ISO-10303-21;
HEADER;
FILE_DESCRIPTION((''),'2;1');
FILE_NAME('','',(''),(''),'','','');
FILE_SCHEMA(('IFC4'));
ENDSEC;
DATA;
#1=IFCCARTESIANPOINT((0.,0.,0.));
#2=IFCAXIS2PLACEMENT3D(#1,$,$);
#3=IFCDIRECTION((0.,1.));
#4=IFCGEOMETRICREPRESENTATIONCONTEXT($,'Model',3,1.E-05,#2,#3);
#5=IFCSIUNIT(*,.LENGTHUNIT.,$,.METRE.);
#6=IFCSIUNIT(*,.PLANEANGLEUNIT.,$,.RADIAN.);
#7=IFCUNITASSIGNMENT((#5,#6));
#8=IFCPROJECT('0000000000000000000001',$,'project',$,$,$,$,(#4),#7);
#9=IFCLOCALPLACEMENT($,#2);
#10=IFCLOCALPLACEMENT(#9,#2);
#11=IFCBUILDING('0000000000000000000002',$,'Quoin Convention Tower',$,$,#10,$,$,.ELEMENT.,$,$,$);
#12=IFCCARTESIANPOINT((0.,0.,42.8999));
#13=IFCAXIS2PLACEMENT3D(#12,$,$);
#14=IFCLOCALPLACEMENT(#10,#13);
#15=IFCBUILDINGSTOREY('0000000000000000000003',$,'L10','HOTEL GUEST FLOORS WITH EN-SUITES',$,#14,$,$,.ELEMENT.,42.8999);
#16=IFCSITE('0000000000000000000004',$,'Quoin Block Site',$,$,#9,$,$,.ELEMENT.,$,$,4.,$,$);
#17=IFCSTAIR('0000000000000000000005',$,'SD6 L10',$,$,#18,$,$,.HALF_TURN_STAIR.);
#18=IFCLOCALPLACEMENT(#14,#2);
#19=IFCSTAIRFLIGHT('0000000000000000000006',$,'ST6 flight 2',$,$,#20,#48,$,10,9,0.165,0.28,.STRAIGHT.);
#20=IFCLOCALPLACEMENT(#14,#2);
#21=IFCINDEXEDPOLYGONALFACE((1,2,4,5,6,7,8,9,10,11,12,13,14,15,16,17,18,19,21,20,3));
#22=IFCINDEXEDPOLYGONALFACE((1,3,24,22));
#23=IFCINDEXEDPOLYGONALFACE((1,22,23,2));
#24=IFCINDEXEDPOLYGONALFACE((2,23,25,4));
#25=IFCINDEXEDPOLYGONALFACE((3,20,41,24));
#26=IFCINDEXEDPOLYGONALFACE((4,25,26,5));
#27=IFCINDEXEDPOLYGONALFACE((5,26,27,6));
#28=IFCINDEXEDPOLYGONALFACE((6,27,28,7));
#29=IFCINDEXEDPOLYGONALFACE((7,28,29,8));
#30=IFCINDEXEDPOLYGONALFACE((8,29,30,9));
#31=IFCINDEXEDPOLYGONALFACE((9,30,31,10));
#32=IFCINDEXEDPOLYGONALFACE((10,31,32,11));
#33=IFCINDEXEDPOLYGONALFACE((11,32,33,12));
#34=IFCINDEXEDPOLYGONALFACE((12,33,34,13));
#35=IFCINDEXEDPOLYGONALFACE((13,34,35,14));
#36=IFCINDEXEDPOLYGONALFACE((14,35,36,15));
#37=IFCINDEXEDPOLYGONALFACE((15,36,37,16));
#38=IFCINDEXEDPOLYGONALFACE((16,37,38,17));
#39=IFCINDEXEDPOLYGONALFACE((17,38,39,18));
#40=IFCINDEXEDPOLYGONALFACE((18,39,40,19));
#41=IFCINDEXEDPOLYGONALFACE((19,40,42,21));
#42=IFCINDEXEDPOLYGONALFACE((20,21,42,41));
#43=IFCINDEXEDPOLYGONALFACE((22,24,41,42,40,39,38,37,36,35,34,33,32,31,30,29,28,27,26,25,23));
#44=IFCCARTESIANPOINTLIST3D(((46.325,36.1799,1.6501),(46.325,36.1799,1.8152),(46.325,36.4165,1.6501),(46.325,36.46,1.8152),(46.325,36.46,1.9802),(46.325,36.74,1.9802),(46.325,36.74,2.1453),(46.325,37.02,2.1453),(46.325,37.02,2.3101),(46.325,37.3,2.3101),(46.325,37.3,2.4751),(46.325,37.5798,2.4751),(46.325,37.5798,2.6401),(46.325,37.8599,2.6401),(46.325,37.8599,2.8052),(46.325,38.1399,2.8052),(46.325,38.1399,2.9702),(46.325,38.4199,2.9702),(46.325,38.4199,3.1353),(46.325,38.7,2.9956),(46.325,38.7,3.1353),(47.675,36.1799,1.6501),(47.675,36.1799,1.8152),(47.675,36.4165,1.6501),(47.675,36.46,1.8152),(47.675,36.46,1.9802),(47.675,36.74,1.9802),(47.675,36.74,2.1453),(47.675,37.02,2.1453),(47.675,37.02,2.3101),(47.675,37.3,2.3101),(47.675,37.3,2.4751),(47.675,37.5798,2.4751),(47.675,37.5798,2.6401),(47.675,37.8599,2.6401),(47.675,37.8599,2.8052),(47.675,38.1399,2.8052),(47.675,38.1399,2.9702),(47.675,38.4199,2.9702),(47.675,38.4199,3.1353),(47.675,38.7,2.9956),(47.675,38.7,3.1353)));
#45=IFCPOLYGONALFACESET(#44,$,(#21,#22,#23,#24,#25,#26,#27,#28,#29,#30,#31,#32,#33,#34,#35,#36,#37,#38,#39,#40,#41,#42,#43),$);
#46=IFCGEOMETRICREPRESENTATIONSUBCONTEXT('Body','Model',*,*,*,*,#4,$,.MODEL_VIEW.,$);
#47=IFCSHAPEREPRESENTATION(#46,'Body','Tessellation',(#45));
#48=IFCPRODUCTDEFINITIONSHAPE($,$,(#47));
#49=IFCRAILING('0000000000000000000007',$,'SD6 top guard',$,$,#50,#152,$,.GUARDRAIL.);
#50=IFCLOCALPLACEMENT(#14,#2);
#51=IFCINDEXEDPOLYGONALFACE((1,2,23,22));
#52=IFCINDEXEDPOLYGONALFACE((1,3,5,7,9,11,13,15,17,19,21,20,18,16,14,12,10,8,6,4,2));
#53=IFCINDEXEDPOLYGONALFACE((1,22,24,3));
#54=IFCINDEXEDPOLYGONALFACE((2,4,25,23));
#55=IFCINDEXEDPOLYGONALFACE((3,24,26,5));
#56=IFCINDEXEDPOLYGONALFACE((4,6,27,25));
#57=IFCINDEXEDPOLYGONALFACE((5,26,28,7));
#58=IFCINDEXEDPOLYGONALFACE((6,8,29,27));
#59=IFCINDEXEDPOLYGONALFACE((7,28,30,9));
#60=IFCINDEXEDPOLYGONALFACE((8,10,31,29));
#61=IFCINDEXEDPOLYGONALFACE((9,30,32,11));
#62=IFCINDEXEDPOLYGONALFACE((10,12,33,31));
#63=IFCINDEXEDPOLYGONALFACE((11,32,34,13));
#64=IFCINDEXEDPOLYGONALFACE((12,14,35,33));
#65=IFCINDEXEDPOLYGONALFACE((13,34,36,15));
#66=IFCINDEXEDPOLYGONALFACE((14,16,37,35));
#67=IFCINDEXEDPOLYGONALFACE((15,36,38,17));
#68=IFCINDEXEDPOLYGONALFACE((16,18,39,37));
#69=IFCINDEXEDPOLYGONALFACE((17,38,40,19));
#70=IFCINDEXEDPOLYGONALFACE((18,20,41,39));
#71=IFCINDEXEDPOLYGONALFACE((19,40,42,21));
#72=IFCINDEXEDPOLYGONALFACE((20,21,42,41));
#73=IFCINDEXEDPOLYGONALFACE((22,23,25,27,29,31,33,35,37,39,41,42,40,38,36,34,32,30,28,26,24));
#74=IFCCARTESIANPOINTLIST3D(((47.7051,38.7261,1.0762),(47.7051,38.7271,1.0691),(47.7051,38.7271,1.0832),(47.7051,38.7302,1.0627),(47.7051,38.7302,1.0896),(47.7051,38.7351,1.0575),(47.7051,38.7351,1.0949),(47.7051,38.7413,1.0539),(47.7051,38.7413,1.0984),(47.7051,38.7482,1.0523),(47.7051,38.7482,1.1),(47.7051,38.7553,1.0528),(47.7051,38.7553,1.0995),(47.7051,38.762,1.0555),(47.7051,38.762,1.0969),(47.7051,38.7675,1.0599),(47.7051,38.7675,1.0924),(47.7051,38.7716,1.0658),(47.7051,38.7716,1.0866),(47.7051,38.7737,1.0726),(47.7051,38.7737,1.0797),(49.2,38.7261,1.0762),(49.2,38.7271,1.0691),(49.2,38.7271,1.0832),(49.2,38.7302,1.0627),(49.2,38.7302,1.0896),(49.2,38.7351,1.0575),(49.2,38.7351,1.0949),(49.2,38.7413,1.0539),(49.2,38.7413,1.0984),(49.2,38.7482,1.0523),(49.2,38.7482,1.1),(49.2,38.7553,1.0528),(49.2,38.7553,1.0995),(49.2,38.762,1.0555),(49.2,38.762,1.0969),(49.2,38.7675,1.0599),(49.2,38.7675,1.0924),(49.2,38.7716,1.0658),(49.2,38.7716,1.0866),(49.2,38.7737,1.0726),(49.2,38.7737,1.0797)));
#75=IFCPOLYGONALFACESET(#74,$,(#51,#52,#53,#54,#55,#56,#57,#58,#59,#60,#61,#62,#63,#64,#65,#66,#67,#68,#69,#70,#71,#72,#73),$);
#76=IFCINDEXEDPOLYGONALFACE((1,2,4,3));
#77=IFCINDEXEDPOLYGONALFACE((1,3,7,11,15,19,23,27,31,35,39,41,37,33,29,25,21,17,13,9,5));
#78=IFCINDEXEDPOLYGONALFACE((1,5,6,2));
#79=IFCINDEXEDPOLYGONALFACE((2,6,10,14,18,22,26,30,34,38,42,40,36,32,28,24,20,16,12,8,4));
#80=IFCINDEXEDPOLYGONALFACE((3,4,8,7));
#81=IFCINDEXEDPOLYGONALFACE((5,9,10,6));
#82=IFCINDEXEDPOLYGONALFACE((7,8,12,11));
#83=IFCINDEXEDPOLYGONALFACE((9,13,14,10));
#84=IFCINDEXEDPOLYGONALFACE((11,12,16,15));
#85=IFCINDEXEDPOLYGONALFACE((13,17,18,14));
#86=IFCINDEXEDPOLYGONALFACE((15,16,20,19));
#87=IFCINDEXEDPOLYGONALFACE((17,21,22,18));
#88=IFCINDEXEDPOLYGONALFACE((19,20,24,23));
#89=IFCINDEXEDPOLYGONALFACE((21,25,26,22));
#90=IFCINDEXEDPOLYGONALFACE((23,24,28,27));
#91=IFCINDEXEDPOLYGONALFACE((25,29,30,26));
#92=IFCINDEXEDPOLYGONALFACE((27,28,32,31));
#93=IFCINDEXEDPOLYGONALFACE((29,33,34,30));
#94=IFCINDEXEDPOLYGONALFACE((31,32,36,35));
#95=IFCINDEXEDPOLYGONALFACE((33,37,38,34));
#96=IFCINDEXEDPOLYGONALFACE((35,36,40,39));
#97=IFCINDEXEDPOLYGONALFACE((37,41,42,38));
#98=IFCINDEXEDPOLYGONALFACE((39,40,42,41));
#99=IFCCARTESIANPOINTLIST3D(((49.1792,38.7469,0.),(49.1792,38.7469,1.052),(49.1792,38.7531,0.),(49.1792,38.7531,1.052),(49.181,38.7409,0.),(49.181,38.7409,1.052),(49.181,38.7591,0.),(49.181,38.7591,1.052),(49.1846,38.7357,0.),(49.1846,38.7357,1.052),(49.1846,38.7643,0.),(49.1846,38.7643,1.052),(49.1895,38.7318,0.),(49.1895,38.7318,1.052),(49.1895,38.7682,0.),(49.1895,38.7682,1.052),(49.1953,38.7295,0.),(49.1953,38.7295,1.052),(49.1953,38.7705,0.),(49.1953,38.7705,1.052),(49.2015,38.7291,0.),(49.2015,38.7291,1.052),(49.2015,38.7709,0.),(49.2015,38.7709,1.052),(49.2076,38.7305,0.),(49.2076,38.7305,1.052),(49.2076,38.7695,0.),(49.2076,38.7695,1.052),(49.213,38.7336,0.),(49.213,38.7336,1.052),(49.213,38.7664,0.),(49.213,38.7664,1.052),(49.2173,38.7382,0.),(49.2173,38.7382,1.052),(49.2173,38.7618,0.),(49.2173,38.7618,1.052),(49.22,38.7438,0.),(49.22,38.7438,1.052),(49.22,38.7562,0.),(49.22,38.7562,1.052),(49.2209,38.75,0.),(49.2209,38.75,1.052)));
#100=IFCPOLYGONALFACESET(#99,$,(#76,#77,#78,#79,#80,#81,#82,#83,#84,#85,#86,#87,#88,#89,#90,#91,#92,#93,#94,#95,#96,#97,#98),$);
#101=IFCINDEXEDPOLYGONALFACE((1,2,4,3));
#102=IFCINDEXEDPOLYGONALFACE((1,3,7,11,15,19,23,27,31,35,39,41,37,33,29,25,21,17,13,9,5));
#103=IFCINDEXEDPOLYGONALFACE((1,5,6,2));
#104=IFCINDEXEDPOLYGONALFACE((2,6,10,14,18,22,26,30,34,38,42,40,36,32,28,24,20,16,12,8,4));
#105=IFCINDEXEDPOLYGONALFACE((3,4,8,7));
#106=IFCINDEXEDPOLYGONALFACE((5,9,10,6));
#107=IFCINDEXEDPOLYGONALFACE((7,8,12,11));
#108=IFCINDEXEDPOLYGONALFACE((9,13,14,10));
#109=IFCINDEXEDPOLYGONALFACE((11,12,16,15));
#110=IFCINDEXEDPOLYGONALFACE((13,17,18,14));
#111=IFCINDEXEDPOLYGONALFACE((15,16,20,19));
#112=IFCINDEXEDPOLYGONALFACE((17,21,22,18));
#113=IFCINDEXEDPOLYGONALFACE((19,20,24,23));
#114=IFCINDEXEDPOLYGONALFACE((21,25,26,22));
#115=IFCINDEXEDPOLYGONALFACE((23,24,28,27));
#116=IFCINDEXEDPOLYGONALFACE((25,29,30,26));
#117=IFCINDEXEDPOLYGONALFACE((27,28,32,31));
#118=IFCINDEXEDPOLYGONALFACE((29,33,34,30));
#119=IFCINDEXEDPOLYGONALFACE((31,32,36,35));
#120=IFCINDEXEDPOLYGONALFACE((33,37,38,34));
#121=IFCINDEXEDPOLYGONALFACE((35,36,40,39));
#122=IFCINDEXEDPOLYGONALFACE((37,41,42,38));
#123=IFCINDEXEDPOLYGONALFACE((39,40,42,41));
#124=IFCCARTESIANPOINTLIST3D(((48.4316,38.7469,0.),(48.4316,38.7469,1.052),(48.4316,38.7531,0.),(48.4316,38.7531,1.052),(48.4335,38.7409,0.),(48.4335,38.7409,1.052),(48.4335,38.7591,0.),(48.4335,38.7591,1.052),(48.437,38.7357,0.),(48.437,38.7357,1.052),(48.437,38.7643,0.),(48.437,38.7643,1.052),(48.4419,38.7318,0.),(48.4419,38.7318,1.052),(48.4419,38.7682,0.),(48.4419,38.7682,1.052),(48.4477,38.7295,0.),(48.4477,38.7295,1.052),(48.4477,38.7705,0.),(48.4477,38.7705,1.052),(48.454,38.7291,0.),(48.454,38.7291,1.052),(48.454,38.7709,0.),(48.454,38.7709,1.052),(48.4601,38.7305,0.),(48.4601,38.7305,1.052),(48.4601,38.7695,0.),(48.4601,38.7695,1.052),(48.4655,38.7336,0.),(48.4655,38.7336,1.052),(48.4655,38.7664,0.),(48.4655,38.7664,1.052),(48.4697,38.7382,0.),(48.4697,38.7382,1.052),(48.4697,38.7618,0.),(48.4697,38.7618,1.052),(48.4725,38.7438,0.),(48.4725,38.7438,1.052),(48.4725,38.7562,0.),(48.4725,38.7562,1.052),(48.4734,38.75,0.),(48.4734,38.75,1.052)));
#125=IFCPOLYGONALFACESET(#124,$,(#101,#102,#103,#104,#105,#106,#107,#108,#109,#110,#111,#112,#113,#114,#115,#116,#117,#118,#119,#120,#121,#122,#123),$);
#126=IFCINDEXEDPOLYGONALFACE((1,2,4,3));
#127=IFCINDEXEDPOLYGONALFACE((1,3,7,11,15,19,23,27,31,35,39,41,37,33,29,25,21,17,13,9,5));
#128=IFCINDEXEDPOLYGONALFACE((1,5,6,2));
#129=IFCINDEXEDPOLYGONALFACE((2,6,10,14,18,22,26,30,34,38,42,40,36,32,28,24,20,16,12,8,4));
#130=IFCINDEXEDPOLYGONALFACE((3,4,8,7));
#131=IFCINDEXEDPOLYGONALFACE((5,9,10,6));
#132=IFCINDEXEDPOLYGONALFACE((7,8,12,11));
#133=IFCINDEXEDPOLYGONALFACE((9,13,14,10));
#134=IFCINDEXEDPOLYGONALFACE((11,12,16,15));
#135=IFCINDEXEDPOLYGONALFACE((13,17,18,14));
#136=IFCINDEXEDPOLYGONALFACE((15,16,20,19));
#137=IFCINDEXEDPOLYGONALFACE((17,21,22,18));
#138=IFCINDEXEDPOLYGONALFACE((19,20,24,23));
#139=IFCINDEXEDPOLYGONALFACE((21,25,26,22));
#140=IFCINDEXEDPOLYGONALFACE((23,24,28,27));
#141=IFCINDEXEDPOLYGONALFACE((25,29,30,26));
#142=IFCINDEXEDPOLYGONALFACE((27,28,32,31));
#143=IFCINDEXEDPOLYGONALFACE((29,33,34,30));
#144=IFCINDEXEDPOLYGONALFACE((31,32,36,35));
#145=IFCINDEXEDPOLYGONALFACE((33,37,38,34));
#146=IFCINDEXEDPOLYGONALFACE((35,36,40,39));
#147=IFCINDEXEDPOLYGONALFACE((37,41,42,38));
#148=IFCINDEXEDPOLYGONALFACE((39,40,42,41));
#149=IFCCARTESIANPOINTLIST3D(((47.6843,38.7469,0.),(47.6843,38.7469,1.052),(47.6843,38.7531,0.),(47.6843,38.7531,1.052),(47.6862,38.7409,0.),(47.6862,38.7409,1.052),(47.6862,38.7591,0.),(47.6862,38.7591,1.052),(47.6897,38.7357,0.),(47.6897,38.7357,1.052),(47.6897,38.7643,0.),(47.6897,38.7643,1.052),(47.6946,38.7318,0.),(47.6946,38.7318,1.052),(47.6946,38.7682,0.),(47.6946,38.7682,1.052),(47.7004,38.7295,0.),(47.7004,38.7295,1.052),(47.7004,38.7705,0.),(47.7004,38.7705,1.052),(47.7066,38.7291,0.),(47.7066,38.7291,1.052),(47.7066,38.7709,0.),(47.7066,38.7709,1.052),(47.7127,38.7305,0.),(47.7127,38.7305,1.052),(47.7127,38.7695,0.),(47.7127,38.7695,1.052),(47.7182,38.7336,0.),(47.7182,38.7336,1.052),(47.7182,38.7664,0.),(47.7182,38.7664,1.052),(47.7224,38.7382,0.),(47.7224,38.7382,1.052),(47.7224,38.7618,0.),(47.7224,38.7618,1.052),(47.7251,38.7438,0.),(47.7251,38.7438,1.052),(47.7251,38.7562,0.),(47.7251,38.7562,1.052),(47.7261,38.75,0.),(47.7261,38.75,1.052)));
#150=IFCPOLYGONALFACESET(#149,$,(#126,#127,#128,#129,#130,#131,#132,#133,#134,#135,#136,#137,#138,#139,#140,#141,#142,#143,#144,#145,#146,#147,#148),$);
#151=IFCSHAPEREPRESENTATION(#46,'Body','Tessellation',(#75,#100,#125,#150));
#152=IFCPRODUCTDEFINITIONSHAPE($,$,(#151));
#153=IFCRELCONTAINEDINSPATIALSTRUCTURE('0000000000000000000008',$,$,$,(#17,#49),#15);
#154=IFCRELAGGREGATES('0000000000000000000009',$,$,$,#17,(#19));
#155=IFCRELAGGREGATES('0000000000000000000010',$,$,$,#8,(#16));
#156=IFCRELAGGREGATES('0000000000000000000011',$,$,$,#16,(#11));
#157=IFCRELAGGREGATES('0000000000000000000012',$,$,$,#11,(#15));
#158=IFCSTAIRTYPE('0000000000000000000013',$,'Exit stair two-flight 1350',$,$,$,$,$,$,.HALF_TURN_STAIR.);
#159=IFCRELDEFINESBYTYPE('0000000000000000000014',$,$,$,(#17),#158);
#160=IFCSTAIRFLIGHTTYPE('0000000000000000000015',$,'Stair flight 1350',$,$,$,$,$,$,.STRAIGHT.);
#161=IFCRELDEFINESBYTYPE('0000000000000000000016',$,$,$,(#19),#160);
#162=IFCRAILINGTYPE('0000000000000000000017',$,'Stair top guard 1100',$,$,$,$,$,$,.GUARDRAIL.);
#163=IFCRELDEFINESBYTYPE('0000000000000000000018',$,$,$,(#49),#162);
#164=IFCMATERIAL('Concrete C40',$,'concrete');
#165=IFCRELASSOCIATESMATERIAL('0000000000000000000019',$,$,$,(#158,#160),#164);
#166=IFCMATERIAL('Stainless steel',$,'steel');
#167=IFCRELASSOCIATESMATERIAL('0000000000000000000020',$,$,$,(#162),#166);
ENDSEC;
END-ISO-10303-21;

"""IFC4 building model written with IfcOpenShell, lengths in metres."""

from ifc_helpers import new_model, si_unit, direction, frame, origin, origin_2d, place, context, subcontext, project, spatial, polyline, circle, outline, extrude, material, type_object, element, aggregate, save


model = new_model("IFC4")

# Units and contexts
model_context = context("Model", 3, precision=1e-05, world=origin(), true_north=direction((0.0, 1.0)))
body_context = subcontext(model_context, "Body", "Model", "MODEL_VIEW")
ifc_project = project(units=[si_unit("LENGTHUNIT", "METRE"), si_unit("PLANEANGLEUNIT", "RADIAN")], contexts=[model_context])

# Site, building, storey
site_placement = place(None, origin())
site = spatial("IfcSite", under=ifc_project, at=site_placement, Name="Quoin Block Site", CompositionType="ELEMENT", RefElevation=4.0)
building_placement = place(site_placement, origin())
building = spatial("IfcBuilding", under=site, at=building_placement, Name="Quoin Convention Tower", CompositionType="ELEMENT")
storey_placement = place(building_placement, frame((0.0, 0.0, 42.8999)))
storey = spatial("IfcBuildingStorey", under=building, at=storey_placement, Name="L10", Description="HOTEL GUEST FLOORS WITH EN-SUITES", CompositionType="ELEMENT", Elevation=42.8999)

# Shared definitions
ifc_material_1 = material(Name="Concrete C40", Category="concrete")
stair_type = type_object("IfcStairType", Name="Exit stair two-flight 1350", PredefinedType="HALF_TURN_STAIR", material=ifc_material_1)
stair_flight_type = type_object("IfcStairFlightType", Name="Stair flight 1350", PredefinedType="STRAIGHT", material=ifc_material_1)

# Stair, stair flight
stair_1_placement = place(storey_placement, origin())
stair_1 = element("IfcStair", 1, at=stair_1_placement, inside=storey, type_object=stair_type, Name="SD6 L10", PredefinedType="HALF_TURN_STAIR")
stair_flight_1_placement = place(storey_placement, frame((47.0, 36.1799, 1.6501), z_axis=(0.0, 0.0, 1.0), x_axis=(0.0, 1.0, 0.0)))
stair_flight_1 = element("IfcStairFlight", 2, at=stair_flight_1_placement, type_object=stair_flight_type, Name="ST6 flight 2", NumberOfRisers=10, NumberOfTreads=9, PredefinedType="STRAIGHT", RiserHeight=0.165, TreadLength=0.28, context=body_context, shape_type="SweptSolid", body=[
    extrude(outline(polyline([(0.0, 0.0), (0.0, 0.165), (0.28, 0.165), (0.28, 0.3301), (0.5601, 0.3301), (0.5601, 0.4951), (0.8401, 0.4951), (0.8401, 0.6599), (1.1201, 0.6599), (1.1201, 0.825), (1.3999, 0.825), (1.3999, 0.99), (1.6799, 0.99), (1.6799, 1.155), (1.96, 1.155), (1.96, 1.3201), (2.24, 1.3201), (2.24, 1.4851), (2.52, 1.4851), (2.52, 1.6499), (2.52, 1.3455), (0.2366, 0.0), (0.0, 0.0)])), frame((0.0, 0.675, 0.0), z_axis=(0.0, -1.0, 0.0), x_axis=(1.0, 0.0, 0.0)), (0.0, 0.0, 1.0), 1.3501),
])
aggregate(stair_1, [stair_flight_1])

# Railing
ifc_material_2 = material(Name="Stainless steel", Category="steel")
railing_type_1 = type_object("IfcRailingType", Name="Stair top guard 1100", PredefinedType="GUARDRAIL", material=ifc_material_2)
railing_1_placement = place(storey_placement, frame((49.2, 38.75, 0.0)))
element("IfcRailing", 3, at=railing_1_placement, inside=storey, type_object=railing_type_1, Name="SD6 top guard", PredefinedType="GUARDRAIL", context=body_context, shape_type="SweptSolid", body=[
    extrude(circle(Radius=0.0239, at=origin_2d()), frame((0.0, 0.0, 1.0762), z_axis=(-1.0, 0.0, 0.0), x_axis=(0.0, -1.0, 0.0)), (0.0, 0.0, 1.0), 1.4949),
    extrude(circle(Radius=0.021, at=origin_2d()), origin(), (0.0, 0.0, 1.0), 1.052),
    extrude(circle(Radius=0.021, at=origin_2d()), frame((-0.7476, 0.0, 0.0)), (0.0, 0.0, 1.0), 1.052),
    extrude(circle(Radius=0.021, at=origin_2d()), frame((-1.4949, 0.0, 0.0)), (0.0, 0.0, 1.0), 1.052),
])

save(model, "model.ifc")
